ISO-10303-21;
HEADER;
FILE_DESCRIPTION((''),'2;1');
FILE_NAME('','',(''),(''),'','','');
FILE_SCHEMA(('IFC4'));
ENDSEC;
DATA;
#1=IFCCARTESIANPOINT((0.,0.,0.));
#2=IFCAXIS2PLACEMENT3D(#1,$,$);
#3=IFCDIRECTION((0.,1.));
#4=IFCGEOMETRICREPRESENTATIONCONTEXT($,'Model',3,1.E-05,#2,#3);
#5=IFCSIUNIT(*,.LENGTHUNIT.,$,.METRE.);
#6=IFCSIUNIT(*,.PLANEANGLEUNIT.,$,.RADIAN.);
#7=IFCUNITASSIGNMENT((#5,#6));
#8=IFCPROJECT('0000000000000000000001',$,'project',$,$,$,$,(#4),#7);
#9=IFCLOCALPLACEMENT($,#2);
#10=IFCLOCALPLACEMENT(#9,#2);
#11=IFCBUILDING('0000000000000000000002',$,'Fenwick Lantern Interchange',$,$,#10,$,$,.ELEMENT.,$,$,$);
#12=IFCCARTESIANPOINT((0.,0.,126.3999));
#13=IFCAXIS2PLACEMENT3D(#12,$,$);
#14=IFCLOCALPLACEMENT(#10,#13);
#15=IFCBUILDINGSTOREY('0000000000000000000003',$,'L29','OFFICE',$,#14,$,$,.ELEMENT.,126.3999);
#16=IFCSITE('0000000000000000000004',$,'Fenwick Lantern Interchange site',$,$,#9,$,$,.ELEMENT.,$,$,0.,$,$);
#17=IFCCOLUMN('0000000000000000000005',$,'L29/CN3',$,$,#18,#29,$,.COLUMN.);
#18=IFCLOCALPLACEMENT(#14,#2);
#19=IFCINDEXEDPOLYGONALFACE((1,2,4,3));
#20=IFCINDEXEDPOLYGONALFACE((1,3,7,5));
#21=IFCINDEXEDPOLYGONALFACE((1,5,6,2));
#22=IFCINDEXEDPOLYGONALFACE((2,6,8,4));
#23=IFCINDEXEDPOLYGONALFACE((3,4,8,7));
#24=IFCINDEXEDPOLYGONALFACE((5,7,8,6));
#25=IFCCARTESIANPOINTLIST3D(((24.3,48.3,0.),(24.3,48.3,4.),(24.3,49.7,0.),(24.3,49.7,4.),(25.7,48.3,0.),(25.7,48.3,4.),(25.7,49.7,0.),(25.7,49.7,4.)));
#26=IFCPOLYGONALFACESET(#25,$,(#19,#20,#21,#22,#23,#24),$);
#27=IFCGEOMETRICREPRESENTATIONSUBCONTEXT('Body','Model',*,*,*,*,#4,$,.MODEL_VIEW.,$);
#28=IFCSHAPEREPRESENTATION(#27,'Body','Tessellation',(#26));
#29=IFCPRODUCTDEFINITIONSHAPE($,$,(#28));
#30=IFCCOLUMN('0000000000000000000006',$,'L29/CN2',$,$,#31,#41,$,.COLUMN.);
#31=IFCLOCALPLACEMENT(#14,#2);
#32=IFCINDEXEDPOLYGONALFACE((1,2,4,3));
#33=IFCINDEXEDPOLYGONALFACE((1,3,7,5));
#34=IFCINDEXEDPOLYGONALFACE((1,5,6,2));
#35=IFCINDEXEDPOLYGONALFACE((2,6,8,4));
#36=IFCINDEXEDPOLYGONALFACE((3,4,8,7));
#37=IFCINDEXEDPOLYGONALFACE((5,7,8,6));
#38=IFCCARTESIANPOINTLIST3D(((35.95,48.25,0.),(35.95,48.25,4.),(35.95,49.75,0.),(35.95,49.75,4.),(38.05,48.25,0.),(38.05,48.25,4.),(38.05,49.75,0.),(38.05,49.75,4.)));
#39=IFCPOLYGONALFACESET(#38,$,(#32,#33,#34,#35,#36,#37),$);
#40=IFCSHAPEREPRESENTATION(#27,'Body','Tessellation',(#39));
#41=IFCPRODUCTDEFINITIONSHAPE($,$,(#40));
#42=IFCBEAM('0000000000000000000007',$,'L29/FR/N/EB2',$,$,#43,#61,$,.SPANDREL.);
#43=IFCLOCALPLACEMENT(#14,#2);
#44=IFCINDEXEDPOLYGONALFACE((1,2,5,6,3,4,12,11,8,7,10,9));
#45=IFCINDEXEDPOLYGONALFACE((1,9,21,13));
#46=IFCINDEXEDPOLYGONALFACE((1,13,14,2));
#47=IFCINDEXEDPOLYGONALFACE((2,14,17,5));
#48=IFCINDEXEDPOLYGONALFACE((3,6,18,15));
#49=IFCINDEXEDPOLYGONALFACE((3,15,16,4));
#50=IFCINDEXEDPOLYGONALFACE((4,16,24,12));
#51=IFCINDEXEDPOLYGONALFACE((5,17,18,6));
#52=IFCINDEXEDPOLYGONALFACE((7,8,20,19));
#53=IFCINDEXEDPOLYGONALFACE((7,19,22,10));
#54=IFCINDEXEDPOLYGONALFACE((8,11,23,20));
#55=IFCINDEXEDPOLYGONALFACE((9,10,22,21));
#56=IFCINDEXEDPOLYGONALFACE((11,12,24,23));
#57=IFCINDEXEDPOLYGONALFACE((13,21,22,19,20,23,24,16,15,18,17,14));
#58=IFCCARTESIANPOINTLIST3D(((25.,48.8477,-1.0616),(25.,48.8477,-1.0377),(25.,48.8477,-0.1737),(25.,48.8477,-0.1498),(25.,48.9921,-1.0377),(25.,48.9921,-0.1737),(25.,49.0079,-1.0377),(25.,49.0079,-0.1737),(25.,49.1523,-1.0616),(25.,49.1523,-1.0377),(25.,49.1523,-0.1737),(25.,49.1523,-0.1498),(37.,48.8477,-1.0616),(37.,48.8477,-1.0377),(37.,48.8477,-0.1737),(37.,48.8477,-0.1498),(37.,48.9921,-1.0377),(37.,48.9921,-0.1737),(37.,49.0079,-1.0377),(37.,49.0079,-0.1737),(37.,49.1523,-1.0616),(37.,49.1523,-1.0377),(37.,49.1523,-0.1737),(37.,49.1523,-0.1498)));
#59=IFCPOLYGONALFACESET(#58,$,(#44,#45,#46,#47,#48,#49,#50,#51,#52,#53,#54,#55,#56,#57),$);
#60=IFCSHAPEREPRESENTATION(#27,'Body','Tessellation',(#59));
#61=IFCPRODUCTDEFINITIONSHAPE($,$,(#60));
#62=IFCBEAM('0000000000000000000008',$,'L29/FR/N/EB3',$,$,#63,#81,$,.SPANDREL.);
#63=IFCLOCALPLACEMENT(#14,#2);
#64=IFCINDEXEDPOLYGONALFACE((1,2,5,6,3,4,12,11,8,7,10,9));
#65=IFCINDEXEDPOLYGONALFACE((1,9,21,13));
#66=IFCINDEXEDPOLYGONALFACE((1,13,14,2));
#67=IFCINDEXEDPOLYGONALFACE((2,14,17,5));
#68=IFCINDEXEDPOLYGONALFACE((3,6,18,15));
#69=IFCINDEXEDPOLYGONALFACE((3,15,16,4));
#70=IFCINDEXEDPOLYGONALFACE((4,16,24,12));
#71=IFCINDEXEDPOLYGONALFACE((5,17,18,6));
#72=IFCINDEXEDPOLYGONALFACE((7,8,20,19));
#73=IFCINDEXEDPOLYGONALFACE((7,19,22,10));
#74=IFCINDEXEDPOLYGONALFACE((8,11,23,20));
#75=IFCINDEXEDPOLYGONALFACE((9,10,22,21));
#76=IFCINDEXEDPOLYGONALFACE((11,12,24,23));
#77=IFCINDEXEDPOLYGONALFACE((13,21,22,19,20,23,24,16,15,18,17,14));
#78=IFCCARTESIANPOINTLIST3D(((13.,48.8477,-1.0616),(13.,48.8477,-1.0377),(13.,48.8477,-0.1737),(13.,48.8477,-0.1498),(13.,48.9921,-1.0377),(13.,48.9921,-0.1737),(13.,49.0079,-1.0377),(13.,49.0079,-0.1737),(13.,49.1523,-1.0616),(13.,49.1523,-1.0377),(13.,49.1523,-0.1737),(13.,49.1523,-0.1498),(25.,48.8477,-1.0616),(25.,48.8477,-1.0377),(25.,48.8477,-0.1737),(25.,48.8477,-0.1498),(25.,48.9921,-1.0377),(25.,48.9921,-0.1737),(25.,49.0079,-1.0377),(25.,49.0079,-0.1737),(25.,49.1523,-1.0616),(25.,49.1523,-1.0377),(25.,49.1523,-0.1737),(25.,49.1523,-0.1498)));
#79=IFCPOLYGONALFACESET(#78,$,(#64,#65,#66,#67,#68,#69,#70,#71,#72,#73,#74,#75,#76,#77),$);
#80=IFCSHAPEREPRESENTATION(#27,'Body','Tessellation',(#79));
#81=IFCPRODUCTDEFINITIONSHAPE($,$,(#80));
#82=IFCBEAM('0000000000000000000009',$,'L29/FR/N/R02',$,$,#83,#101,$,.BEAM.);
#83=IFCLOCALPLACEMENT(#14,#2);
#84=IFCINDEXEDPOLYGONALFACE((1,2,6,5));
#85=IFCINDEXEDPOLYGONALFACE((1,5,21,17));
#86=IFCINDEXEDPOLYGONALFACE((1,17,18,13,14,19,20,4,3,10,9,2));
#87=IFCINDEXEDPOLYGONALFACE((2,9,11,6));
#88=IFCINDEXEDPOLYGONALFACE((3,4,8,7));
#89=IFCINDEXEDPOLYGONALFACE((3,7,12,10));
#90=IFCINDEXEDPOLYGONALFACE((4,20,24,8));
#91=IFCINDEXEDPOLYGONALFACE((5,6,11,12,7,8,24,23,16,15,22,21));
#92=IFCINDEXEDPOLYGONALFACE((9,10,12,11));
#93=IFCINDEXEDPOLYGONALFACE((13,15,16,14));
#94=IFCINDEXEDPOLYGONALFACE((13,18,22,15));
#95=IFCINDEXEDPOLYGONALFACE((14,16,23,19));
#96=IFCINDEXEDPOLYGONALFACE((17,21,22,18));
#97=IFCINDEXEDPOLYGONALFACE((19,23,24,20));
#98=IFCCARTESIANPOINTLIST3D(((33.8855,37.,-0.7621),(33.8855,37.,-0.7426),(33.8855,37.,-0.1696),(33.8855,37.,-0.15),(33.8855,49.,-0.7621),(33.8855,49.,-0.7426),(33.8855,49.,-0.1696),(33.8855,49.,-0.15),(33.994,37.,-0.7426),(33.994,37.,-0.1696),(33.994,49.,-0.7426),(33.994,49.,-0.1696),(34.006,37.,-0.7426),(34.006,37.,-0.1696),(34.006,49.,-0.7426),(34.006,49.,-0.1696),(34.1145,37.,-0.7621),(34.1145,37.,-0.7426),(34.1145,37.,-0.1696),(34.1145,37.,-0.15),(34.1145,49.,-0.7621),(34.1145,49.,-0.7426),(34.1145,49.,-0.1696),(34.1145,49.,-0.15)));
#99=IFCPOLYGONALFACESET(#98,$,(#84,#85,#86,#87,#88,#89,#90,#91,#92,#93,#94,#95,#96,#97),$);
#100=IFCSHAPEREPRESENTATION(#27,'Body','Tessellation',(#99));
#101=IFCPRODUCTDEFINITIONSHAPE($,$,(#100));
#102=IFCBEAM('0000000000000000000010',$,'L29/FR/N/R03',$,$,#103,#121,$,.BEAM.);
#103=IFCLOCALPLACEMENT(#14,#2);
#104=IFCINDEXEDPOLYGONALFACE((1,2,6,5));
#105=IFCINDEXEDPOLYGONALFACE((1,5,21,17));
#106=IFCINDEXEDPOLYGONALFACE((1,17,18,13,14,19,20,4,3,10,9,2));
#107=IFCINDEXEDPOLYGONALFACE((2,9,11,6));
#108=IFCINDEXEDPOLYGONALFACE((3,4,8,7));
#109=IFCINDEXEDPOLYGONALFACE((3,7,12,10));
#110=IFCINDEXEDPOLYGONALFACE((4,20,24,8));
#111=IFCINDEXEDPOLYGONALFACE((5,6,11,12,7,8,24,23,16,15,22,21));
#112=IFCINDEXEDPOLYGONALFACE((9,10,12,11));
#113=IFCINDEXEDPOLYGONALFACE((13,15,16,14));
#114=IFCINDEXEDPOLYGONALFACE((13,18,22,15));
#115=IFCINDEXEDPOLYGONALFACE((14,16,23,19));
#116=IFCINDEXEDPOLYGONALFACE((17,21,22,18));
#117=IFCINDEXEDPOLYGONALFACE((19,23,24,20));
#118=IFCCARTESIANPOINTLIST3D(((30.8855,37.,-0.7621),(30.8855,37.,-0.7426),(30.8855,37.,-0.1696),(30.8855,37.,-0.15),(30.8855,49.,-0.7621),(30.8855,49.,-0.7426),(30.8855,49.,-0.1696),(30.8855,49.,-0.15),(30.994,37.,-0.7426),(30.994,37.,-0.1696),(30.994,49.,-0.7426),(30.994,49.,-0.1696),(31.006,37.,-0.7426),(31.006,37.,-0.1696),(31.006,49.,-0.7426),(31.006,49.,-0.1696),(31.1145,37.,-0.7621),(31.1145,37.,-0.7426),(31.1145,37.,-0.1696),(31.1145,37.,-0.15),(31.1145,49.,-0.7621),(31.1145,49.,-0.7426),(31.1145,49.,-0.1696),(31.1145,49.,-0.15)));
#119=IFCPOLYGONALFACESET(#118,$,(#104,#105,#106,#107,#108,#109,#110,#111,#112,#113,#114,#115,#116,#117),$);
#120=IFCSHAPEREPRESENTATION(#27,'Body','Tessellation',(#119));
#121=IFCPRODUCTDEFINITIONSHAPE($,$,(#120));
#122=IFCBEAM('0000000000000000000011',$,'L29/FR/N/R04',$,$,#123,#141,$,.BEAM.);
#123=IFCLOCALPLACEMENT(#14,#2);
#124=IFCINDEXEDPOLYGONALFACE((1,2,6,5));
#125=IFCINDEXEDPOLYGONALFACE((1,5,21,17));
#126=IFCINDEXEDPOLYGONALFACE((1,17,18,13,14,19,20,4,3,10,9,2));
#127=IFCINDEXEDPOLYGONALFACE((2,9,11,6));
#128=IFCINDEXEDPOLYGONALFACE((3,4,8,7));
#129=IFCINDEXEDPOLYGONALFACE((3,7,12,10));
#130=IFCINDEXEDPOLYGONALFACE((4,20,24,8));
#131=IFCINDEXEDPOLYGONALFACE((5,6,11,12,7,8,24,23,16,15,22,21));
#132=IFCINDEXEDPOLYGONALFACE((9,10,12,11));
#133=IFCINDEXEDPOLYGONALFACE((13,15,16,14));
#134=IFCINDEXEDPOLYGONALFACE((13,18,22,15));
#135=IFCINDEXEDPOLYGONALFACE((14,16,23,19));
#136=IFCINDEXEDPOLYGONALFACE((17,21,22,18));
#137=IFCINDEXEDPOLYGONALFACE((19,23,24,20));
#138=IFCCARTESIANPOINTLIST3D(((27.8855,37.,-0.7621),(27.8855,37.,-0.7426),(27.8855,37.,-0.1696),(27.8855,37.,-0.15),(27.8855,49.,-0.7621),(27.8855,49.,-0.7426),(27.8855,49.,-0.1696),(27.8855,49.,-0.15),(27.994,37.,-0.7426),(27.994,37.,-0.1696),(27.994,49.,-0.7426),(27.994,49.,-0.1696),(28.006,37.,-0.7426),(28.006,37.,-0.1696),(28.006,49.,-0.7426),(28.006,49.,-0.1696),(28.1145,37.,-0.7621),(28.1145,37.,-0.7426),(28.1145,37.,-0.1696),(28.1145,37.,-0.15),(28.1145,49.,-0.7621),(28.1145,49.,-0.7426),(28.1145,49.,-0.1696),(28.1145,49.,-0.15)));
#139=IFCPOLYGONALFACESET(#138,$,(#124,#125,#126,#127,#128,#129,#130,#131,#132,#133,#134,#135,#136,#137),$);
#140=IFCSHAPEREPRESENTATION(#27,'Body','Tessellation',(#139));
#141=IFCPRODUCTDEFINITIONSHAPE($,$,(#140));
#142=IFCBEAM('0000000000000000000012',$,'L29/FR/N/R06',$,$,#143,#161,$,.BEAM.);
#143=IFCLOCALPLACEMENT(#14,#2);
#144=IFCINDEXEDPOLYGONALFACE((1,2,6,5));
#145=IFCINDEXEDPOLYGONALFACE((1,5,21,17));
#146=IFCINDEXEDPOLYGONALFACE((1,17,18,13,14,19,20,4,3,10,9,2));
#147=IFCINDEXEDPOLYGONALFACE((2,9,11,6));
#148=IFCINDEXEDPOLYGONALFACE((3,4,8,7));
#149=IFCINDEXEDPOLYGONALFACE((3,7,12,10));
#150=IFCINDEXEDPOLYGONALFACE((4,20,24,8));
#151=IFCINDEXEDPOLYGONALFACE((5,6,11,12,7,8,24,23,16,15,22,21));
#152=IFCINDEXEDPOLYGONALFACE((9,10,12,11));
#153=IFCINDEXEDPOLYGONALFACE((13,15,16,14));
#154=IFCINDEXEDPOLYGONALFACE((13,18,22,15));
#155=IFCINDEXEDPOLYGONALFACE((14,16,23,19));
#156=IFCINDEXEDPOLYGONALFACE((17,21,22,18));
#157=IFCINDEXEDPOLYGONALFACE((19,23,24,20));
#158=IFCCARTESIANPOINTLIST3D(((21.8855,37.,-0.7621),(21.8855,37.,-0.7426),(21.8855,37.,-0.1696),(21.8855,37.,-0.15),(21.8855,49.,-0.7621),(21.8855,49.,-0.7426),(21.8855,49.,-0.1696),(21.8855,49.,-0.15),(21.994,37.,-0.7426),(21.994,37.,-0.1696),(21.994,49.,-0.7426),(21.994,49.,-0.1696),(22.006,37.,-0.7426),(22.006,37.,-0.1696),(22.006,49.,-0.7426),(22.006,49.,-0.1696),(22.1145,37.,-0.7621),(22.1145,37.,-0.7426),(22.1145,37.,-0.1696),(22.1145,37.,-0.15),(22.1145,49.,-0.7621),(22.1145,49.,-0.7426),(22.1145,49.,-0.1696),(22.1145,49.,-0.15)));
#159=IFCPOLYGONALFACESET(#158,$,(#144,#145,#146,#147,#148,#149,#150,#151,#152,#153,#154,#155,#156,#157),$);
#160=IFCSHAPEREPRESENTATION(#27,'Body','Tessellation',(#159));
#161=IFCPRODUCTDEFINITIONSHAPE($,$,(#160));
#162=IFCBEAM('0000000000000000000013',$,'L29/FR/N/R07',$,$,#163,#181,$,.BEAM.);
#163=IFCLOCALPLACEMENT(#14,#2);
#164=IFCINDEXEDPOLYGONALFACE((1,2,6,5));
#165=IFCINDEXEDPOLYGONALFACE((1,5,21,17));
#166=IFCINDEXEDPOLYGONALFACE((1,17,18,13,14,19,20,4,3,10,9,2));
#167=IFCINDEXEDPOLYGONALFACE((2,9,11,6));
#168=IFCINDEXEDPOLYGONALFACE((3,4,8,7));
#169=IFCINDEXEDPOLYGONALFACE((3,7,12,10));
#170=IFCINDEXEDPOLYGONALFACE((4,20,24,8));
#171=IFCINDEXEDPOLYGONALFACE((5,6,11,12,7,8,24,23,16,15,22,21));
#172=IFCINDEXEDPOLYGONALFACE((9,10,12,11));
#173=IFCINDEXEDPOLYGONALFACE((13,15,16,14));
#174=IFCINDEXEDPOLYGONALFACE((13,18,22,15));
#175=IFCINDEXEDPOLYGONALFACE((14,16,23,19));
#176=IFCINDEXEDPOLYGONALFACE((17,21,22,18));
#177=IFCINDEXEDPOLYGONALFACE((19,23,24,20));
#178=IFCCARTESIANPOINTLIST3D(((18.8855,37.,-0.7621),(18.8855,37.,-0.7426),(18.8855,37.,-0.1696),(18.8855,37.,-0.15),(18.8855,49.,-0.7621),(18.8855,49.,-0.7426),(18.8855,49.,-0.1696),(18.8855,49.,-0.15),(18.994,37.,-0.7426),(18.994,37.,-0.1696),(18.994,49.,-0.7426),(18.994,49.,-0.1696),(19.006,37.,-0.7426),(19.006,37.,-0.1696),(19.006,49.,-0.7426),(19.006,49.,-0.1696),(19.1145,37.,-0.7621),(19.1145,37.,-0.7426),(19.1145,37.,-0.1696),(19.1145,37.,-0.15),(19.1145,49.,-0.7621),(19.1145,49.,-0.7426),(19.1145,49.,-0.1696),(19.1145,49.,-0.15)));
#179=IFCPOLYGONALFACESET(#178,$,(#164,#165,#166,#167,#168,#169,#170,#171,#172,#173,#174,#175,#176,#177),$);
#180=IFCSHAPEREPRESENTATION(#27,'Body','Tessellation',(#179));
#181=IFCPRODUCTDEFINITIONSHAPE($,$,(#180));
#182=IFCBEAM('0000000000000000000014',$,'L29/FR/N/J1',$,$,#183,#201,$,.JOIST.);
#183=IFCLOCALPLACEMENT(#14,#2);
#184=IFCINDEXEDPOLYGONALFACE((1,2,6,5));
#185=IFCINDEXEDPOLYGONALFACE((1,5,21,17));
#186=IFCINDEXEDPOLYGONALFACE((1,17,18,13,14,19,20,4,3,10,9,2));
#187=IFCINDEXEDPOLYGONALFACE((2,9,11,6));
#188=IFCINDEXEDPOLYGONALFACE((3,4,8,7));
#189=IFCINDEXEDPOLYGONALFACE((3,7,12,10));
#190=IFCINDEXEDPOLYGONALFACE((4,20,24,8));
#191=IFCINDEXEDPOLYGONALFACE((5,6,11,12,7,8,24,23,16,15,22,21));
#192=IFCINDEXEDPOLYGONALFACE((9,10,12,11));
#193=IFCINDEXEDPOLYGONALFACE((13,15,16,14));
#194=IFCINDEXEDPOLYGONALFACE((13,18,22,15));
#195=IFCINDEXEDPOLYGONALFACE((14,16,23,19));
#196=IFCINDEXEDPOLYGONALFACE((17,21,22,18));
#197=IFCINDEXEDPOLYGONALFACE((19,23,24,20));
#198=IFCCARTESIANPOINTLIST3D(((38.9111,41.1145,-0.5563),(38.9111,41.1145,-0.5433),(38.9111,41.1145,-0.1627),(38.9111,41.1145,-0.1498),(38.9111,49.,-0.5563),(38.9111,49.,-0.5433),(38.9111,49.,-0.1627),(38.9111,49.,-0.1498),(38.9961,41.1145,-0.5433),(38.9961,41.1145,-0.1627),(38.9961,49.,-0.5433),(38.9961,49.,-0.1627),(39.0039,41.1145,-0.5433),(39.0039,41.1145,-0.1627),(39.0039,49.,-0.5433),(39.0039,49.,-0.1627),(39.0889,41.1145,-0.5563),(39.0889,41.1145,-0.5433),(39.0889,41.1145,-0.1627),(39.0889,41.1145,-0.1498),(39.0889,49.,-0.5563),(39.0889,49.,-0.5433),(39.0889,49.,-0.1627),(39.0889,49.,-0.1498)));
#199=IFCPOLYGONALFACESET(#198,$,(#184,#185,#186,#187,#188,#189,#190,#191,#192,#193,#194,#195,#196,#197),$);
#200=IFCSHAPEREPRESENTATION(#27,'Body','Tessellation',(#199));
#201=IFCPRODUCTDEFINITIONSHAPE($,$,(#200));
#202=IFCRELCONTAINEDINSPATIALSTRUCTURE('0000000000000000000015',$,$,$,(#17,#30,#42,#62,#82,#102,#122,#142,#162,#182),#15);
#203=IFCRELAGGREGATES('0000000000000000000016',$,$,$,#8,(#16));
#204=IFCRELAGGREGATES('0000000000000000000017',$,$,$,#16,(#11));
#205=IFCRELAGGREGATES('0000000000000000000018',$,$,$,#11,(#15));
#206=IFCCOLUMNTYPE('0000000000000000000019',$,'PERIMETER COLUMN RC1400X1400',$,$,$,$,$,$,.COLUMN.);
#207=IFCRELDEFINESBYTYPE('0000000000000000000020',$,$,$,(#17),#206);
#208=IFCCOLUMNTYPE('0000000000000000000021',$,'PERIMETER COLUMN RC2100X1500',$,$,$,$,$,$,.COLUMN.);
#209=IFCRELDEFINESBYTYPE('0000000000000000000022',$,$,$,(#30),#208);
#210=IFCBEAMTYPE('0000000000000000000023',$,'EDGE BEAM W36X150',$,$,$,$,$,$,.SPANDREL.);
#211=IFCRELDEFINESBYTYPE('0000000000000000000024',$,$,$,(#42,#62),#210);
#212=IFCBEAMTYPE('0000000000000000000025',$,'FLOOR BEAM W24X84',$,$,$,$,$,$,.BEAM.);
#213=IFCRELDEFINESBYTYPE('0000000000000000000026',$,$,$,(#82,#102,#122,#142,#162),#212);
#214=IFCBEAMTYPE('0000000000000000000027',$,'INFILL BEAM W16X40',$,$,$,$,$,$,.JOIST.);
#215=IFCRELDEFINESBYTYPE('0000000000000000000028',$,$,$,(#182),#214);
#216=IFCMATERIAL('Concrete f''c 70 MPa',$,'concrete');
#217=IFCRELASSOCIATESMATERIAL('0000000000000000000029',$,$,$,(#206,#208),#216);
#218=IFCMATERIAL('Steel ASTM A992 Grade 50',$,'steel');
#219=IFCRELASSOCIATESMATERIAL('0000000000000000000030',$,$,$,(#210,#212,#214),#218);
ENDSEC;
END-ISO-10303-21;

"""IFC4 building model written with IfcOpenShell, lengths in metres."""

from ifc_helpers import new_model, si_unit, direction, frame, origin, origin_2d, place, context, subcontext, project, spatial, rectangle, i_section, extrude, material, material_profile, profile_set, type_object, element, save


model = new_model("IFC4")

# Units and contexts
model_context = context("Model", 3, precision=1e-05, world=origin(), true_north=direction((0.0, 1.0)))
body_context = subcontext(model_context, "Body", "Model", "MODEL_VIEW")
ifc_project = project(units=[si_unit("LENGTHUNIT", "METRE"), si_unit("PLANEANGLEUNIT", "RADIAN")], contexts=[model_context])

# Site, building, storey
site_placement = place(None, origin())
site = spatial("IfcSite", under=ifc_project, at=site_placement, Name="Fenwick Lantern Interchange site", CompositionType="ELEMENT", RefElevation=0.0)
building_placement = place(site_placement, origin())
building = spatial("IfcBuilding", under=site, at=building_placement, Name="Fenwick Lantern Interchange", CompositionType="ELEMENT")
storey_placement = place(building_placement, frame((0.0, 0.0, 126.3999)))
storey = spatial("IfcBuildingStorey", under=building, at=storey_placement, Name="L29", Description="OFFICE", CompositionType="ELEMENT", Elevation=126.3999)

# Columns
ifc_material_1 = material(Name="Concrete f'c 70 MPa", Category="concrete")
ifc_material_profile_1 = material_profile(ifc_material_1, rectangle(XDim=1.3999, YDim=1.3999, at=origin_2d()), Name="RC1400X1400")
ifc_profile_set_1 = profile_set([ifc_material_profile_1], Name="Concrete f'c 70 MPa")
column_type_1 = type_object("IfcColumnType", Name="PERIMETER COLUMN RC1400X1400", PredefinedType="COLUMN", material=ifc_profile_set_1)
column_1_placement = place(storey_placement, frame((25.0, 49.0, 0.0), z_axis=(0.0, 0.0, 1.0), x_axis=(1.0, 0.0, 0.0)))
element("IfcColumn", 1, at=column_1_placement, inside=storey, type_object=column_type_1, Name="L29/CN3", PredefinedType="COLUMN", context=body_context, shape_type="SweptSolid", body=[
    extrude(rectangle(XDim=1.3999, YDim=1.3999, at=origin_2d()), origin(), (0.0, 0.0, 1.0), 4.0),
])
ifc_material_profile_2 = material_profile(ifc_material_1, rectangle(XDim=2.1001, YDim=1.5, at=origin_2d()), Name="RC2100X1500")
ifc_profile_set_2 = profile_set([ifc_material_profile_2], Name="Concrete f'c 70 MPa")
column_type_2 = type_object("IfcColumnType", Name="PERIMETER COLUMN RC2100X1500", PredefinedType="COLUMN", material=ifc_profile_set_2)
column_2_placement = place(storey_placement, frame((37.0, 49.0, 0.0), z_axis=(0.0, 0.0, 1.0), x_axis=(1.0, 0.0, 0.0)))
element("IfcColumn", 2, at=column_2_placement, inside=storey, type_object=column_type_2, Name="L29/CN2", PredefinedType="COLUMN", context=body_context, shape_type="SweptSolid", body=[
    extrude(rectangle(XDim=2.1001, YDim=1.5, at=origin_2d()), origin(), (0.0, 0.0, 1.0), 4.0),
])

# Beams
ifc_material_2 = material(Name="Steel ASTM A992 Grade 50", Category="steel")
ifc_material_profile_3 = material_profile(ifc_material_2, i_section(OverallWidth=0.3047, OverallDepth=0.9119, WebThickness=0.0159, FlangeThickness=0.0239, at=origin_2d()), Name="W36X150")
ifc_profile_set_3 = profile_set([ifc_material_profile_3], Name="Steel ASTM A992 Grade 50")
beam_type_1 = type_object("IfcBeamType", Name="EDGE BEAM W36X150", PredefinedType="SPANDREL", material=ifc_profile_set_3)
for number, where, z_axis, x_axis, name in (
    (3, (37.0, 49.0, -0.6057), (-1.0, 0.0, 0.0), (0.0, -1.0, 0.0), "L29/FR/N/EB2"),
    (4, (25.0, 49.0, -0.6057), (-1.0, 0.0, 0.0), (0.0, -1.0, 0.0), "L29/FR/N/EB3"),
):
    element("IfcBeam", number, at=place(storey_placement, frame(where, z_axis=z_axis, x_axis=x_axis)), inside=storey, type_object=beam_type_1, Name=name, PredefinedType="SPANDREL", context=body_context, shape_type="SweptSolid", body=[
        extrude(i_section(OverallWidth=0.3047, OverallDepth=0.9119, WebThickness=0.0159, FlangeThickness=0.0239, at=origin_2d()), origin(), (0.0, 0.0, 1.0), 12.0),
    ])
ifc_material_profile_4 = material_profile(ifc_material_2, i_section(OverallWidth=0.229, OverallDepth=0.6121, WebThickness=0.012, FlangeThickness=0.0195, at=origin_2d()), Name="W24X84")
ifc_profile_set_4 = profile_set([ifc_material_profile_4], Name="Steel ASTM A992 Grade 50")
beam_type_2 = type_object("IfcBeamType", Name="FLOOR BEAM W24X84", PredefinedType="BEAM", material=ifc_profile_set_4)
for number, where, z_axis, x_axis, name in (
    (5, (34.0, 49.0, -0.4561), (0.0, -1.0, 0.0), (1.0, 0.0, 0.0), "L29/FR/N/R02"),
    (6, (31.0, 49.0, -0.4561), (0.0, -1.0, 0.0), (1.0, 0.0, 0.0), "L29/FR/N/R03"),
    (7, (28.0, 49.0, -0.4561), (0.0, -1.0, 0.0), (1.0, 0.0, 0.0), "L29/FR/N/R04"),
    (8, (22.0, 49.0, -0.4561), (0.0, -1.0, 0.0), (1.0, 0.0, 0.0), "L29/FR/N/R06"),
    (9, (19.0, 49.0, -0.4561), (0.0, -1.0, 0.0), (1.0, 0.0, 0.0), "L29/FR/N/R07"),
):
    element("IfcBeam", number, at=place(storey_placement, frame(where, z_axis=z_axis, x_axis=x_axis)), inside=storey, type_object=beam_type_2, Name=name, PredefinedType="BEAM", context=body_context, shape_type="SweptSolid", body=[
        extrude(i_section(OverallWidth=0.229, OverallDepth=0.6121, WebThickness=0.012, FlangeThickness=0.0195, at=origin_2d()), origin(), (0.0, 0.0, 1.0), 12.0),
    ])
ifc_material_profile_5 = material_profile(ifc_material_2, i_section(OverallWidth=0.1777, OverallDepth=0.4065, WebThickness=0.0078, FlangeThickness=0.0129, at=origin_2d()), Name="W16X40")
ifc_profile_set_5 = profile_set([ifc_material_profile_5], Name="Steel ASTM A992 Grade 50")
beam_type_3 = type_object("IfcBeamType", Name="INFILL BEAM W16X40", PredefinedType="JOIST", material=ifc_profile_set_5)
beam_1_placement = place(storey_placement, frame((39.0, 49.0, -0.353), z_axis=(0.0, -1.0, 0.0), x_axis=(1.0, 0.0, 0.0)))
element("IfcBeam", 10, at=beam_1_placement, inside=storey, type_object=beam_type_3, Name="L29/FR/N/J1", PredefinedType="JOIST", context=body_context, shape_type="SweptSolid", body=[
    extrude(i_section(OverallWidth=0.1777, OverallDepth=0.4065, WebThickness=0.0078, FlangeThickness=0.0129, at=origin_2d()), origin(), (0.0, 0.0, 1.0), 7.8855),
])

save(model, "model.ifc")
